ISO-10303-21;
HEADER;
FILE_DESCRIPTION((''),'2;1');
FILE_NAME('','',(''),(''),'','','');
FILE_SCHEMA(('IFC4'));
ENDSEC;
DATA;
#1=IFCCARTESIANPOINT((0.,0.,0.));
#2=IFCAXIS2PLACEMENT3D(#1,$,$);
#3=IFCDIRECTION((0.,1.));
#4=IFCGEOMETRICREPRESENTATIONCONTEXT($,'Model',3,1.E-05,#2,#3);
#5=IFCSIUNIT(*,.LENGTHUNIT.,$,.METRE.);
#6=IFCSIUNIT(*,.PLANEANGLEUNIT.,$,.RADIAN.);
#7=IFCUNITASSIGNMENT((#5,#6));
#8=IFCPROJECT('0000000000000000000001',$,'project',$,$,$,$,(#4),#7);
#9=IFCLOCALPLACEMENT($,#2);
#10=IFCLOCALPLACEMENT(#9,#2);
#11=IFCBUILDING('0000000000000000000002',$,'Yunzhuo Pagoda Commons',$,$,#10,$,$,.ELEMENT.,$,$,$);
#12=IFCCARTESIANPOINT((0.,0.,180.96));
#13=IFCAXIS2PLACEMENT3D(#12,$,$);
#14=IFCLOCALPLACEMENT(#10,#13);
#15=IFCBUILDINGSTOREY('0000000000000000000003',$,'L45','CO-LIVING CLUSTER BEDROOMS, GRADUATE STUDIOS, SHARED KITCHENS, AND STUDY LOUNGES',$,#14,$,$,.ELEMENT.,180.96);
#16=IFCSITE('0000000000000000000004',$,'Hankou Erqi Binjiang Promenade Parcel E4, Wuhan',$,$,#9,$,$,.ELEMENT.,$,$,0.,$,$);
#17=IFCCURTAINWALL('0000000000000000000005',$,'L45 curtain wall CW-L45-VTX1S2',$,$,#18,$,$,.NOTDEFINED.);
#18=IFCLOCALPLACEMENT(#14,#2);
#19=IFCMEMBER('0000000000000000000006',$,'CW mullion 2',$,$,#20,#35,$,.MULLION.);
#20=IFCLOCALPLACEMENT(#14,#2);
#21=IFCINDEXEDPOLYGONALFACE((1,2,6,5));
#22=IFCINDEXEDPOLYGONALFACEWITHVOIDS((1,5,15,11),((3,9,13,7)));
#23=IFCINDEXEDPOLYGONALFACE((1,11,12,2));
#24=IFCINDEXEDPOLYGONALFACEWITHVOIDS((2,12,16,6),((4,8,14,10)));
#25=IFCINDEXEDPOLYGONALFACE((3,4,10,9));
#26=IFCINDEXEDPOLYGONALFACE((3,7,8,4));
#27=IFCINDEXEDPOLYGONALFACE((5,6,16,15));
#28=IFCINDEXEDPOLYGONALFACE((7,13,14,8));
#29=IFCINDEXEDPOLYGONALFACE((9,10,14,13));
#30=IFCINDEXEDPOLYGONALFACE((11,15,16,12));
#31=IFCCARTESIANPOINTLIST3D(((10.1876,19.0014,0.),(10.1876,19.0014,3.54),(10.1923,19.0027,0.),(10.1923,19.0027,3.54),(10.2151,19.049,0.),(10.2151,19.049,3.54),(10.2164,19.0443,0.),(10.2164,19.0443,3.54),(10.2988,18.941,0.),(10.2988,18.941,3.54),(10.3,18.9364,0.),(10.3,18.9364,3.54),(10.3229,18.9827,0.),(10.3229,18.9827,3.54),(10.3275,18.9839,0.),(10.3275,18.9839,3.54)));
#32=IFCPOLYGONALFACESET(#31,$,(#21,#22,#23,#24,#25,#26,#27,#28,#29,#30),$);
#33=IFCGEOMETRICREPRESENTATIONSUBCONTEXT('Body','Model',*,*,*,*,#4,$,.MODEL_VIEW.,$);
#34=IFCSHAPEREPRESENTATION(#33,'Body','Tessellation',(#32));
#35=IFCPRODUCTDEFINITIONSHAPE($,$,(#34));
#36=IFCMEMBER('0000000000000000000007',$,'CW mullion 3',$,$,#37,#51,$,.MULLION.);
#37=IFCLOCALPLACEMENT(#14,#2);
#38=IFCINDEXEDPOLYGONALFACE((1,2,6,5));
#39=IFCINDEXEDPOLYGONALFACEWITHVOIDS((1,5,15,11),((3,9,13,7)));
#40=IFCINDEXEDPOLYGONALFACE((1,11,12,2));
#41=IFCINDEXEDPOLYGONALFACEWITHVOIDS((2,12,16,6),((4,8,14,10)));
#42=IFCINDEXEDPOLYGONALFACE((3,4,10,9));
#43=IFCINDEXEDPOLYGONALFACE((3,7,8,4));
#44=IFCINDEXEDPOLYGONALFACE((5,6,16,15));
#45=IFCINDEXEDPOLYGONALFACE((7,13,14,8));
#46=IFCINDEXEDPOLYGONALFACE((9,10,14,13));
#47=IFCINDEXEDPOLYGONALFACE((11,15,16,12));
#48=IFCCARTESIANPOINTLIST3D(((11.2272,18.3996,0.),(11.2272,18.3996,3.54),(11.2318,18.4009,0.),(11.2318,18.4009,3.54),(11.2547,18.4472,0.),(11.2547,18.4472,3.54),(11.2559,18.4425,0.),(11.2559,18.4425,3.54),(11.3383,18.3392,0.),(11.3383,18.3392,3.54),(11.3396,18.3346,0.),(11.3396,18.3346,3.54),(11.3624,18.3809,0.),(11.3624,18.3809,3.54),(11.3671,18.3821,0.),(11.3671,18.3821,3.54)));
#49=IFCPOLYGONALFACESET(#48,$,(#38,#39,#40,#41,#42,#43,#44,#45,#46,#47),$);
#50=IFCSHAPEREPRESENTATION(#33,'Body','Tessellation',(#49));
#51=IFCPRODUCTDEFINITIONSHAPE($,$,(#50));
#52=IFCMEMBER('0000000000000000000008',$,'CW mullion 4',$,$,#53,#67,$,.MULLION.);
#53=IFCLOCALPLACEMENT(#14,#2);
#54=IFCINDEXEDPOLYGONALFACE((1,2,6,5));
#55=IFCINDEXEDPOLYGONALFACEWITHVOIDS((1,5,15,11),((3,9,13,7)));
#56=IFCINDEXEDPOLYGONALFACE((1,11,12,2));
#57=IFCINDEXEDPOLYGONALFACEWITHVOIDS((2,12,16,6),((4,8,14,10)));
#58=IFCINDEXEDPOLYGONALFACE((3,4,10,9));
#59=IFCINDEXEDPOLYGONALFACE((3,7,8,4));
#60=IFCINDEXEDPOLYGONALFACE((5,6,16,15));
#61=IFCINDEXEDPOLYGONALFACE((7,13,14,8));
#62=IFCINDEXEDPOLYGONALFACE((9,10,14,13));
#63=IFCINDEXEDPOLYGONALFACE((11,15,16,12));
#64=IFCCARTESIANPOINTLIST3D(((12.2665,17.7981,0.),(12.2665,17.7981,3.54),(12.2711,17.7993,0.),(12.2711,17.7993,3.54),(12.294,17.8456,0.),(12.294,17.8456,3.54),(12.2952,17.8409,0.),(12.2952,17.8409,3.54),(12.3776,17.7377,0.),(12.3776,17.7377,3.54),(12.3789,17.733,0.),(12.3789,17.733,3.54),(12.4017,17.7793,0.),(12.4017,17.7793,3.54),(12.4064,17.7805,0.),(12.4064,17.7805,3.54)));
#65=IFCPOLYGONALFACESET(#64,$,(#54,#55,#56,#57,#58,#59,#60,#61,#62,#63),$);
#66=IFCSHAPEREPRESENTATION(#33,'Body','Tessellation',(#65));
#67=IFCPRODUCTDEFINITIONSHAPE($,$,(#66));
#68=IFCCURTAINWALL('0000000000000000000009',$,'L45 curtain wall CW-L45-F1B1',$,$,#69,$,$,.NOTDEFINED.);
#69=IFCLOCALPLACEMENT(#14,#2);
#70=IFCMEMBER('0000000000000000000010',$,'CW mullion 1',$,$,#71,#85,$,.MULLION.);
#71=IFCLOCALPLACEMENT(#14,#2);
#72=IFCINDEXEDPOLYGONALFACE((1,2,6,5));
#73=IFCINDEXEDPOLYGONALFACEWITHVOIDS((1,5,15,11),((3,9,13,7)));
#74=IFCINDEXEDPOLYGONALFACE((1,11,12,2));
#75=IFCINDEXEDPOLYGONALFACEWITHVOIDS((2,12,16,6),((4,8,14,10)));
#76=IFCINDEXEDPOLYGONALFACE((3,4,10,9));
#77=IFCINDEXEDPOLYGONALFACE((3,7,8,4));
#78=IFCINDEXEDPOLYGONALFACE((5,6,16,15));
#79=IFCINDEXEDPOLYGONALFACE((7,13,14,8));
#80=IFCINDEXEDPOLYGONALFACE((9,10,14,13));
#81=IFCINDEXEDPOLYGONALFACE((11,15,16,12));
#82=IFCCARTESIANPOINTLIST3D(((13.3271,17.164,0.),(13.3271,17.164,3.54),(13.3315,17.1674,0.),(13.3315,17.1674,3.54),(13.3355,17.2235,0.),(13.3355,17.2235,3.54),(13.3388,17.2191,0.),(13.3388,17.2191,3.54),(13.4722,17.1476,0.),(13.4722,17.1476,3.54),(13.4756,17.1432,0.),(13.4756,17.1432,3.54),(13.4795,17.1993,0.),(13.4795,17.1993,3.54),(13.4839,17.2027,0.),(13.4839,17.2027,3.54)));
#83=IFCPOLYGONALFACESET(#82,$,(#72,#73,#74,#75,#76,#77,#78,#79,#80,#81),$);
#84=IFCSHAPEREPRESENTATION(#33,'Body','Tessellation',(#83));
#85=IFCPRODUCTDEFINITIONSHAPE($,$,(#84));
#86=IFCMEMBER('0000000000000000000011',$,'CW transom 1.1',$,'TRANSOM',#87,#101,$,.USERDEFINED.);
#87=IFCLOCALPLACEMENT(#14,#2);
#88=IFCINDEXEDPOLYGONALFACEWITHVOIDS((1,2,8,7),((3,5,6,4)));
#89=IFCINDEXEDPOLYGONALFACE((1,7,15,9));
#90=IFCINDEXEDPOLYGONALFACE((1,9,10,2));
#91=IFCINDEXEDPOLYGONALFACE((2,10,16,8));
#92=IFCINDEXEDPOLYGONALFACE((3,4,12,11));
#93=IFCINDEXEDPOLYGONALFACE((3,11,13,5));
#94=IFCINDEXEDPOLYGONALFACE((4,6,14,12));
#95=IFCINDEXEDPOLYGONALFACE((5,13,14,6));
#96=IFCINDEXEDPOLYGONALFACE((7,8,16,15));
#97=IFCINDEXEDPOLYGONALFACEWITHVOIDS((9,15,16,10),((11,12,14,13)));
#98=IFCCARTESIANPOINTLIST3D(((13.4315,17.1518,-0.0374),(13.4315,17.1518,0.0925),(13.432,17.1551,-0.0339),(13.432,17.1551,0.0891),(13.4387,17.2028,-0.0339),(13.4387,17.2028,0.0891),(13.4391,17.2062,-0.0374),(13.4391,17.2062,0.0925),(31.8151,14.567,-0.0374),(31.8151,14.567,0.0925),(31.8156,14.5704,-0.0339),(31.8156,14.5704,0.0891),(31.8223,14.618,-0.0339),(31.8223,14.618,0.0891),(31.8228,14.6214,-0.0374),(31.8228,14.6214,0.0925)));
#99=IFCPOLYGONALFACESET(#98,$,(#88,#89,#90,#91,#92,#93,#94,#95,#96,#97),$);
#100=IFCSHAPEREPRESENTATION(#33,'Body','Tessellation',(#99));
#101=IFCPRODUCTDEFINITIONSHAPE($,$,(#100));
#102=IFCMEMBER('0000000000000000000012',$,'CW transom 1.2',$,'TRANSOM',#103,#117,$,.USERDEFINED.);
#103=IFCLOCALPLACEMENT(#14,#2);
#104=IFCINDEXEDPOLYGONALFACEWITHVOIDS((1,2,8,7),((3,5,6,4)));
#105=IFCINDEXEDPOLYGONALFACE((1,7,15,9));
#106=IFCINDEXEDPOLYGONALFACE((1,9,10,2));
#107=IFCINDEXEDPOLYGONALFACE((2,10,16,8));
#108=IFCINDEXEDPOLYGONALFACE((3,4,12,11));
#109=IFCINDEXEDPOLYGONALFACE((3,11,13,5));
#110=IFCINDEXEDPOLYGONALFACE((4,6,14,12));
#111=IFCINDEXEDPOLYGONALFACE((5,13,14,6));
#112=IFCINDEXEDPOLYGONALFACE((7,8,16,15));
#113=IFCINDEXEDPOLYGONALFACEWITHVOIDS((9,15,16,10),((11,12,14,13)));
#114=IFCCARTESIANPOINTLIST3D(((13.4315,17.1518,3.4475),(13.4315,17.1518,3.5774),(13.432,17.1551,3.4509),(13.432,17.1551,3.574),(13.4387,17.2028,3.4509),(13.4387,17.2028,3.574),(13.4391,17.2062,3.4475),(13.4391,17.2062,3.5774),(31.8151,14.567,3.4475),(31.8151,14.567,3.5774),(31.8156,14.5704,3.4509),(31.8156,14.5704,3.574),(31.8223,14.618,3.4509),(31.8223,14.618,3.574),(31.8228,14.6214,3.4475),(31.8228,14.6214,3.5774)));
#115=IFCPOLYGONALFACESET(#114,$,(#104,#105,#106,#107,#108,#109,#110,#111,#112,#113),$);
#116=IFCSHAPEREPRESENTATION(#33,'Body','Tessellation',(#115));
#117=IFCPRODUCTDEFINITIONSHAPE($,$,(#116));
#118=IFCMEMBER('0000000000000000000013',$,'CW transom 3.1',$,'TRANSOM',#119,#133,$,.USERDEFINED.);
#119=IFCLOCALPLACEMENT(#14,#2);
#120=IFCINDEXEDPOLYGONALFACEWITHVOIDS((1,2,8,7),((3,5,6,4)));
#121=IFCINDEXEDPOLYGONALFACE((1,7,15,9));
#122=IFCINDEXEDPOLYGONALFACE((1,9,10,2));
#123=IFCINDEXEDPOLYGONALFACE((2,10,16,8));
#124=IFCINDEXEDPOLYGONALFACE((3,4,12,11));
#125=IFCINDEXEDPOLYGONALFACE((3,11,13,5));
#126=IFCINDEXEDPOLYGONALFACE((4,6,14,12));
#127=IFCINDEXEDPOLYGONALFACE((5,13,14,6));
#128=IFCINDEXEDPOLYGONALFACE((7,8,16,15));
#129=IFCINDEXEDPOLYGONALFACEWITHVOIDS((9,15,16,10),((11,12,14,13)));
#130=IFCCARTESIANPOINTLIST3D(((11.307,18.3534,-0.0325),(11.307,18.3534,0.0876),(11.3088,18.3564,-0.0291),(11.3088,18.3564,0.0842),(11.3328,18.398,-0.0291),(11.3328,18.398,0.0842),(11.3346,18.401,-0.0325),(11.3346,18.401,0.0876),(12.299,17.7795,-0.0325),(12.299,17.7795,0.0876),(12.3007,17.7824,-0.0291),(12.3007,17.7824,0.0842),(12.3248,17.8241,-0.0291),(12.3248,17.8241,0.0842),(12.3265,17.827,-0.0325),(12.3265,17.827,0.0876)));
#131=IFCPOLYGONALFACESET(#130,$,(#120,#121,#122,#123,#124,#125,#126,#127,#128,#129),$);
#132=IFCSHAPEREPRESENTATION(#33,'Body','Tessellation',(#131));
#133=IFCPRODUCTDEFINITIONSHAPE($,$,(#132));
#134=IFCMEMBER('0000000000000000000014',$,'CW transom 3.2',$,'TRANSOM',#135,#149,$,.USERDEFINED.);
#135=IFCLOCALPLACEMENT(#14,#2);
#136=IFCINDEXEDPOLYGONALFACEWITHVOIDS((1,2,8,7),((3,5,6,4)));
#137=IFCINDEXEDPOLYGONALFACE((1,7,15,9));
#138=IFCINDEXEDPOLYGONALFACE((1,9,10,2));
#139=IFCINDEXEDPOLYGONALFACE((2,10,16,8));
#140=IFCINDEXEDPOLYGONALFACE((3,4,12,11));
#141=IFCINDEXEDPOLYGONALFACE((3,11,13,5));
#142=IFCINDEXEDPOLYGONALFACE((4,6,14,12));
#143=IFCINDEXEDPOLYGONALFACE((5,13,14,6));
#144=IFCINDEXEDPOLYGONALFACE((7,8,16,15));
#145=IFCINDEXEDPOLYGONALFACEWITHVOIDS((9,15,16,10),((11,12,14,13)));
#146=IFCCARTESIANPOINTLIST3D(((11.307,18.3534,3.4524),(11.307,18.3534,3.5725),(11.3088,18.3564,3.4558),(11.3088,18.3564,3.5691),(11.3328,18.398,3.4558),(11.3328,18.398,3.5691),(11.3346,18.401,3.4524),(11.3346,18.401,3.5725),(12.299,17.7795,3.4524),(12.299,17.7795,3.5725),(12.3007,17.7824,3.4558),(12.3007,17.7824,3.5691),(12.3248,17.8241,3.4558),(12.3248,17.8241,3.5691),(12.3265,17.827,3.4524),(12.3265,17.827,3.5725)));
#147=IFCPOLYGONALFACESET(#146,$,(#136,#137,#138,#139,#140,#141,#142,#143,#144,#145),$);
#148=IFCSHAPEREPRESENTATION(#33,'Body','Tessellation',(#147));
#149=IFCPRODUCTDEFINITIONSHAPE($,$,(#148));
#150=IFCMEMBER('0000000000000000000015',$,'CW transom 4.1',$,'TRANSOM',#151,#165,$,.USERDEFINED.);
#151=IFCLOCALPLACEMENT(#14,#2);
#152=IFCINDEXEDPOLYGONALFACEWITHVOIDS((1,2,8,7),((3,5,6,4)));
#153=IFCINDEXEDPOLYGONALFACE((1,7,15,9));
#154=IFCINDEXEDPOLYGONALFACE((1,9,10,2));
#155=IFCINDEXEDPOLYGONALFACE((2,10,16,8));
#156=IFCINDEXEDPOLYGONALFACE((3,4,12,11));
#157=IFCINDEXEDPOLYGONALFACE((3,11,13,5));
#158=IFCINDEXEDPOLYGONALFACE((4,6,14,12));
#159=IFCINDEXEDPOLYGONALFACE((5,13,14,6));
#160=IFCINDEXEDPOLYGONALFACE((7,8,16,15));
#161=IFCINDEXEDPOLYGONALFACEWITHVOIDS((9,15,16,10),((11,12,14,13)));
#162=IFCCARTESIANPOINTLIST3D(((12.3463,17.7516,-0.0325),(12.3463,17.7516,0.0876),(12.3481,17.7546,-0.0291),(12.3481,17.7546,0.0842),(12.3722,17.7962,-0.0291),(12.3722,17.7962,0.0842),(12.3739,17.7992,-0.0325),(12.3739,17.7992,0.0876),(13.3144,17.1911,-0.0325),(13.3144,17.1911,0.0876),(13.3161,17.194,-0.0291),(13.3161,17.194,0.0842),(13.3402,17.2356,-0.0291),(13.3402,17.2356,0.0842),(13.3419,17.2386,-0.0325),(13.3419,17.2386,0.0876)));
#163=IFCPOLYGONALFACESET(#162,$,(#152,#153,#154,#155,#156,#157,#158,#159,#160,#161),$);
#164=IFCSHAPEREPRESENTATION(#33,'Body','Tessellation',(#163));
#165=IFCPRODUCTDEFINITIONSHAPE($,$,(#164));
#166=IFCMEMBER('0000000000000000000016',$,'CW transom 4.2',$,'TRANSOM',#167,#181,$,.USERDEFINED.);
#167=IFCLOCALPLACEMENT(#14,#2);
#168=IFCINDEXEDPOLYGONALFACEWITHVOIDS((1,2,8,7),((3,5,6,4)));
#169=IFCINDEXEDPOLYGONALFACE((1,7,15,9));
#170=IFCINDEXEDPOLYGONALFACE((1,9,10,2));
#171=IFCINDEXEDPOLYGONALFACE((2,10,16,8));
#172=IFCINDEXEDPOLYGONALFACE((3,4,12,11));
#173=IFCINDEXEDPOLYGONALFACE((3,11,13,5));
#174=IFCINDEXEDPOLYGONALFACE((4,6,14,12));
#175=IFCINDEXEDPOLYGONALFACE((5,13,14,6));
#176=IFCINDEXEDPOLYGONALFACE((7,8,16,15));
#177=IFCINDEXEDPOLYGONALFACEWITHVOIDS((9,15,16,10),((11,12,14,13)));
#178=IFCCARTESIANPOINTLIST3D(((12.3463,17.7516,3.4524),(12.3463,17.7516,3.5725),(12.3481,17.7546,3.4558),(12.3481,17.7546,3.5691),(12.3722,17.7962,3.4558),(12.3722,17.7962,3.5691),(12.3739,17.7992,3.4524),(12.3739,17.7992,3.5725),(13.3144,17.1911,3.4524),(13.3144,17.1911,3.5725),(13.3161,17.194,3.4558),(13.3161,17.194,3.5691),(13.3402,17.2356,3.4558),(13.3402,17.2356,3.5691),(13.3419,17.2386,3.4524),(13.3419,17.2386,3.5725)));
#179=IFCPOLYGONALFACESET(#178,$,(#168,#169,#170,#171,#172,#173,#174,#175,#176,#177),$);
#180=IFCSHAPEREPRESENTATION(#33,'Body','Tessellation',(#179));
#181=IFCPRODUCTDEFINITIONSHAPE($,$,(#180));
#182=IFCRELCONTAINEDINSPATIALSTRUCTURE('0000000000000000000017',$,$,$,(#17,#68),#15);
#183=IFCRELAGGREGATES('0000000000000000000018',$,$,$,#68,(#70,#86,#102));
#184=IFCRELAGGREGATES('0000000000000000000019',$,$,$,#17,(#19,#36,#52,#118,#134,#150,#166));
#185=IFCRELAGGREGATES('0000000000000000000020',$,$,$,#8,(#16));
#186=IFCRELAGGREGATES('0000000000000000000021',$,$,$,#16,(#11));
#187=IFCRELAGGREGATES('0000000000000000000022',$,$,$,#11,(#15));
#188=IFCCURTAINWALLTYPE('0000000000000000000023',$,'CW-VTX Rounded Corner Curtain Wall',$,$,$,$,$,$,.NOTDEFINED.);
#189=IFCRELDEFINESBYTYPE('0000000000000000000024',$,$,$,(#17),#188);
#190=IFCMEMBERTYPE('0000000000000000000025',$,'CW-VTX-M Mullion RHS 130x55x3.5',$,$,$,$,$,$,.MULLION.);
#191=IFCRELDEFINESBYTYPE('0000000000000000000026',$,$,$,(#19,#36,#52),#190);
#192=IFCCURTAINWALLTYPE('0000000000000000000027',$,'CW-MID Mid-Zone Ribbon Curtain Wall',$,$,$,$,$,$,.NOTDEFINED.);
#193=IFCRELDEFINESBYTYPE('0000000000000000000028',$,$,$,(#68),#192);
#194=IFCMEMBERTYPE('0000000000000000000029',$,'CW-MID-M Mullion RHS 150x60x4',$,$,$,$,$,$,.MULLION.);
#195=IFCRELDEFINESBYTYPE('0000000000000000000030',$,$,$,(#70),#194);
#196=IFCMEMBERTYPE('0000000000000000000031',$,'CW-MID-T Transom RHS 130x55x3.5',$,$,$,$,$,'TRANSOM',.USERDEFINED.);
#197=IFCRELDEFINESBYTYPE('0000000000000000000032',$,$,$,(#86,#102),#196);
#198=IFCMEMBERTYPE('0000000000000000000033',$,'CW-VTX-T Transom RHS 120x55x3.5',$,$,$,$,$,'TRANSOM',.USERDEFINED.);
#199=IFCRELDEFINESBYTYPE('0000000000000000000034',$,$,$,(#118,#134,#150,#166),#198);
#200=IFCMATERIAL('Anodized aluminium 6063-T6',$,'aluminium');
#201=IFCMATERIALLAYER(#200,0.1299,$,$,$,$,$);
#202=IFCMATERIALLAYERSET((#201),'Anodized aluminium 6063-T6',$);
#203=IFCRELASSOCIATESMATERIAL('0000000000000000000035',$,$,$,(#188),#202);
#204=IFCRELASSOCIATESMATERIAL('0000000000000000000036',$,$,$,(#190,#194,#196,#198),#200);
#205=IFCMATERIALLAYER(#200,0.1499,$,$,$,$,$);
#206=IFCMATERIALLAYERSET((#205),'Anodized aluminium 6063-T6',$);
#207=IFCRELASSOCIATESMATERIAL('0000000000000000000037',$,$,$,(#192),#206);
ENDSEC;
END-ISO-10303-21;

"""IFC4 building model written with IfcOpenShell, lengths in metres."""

from ifc_helpers import new_model, si_unit, direction, frame, origin, origin_2d, place, context, subcontext, project, spatial, hollow_rectangle, extrude, source, transform, mapped, material, layer, layer_set, material_profile, profile_set, type_object, element, aggregate, save


model = new_model("IFC4")

# Units and contexts
model_context = context("Model", 3, precision=1e-05, world=origin(), true_north=direction((0.0, 1.0)))
body_context = subcontext(model_context, "Body", "Model", "MODEL_VIEW")
ifc_project = project(units=[si_unit("LENGTHUNIT", "METRE"), si_unit("PLANEANGLEUNIT", "RADIAN")], contexts=[model_context])

# Site, building, storey
site_placement = place(None, origin())
site = spatial("IfcSite", under=ifc_project, at=site_placement, Name="Hankou Erqi Binjiang Promenade Parcel E4, Wuhan", CompositionType="ELEMENT", RefElevation=0.0)
building_placement = place(site_placement, origin())
building = spatial("IfcBuilding", under=site, at=building_placement, Name="Yunzhuo Pagoda Commons", CompositionType="ELEMENT")
storey_placement = place(building_placement, frame((0.0, 0.0, 180.96)))
storey = spatial("IfcBuildingStorey", under=building, at=storey_placement, Name="L45", Description="CO-LIVING CLUSTER BEDROOMS, GRADUATE STUDIOS, SHARED KITCHENS, AND STUDY LOUNGES", CompositionType="ELEMENT", Elevation=180.96)

# Curtain walls, members
ifc_material_1 = material(Name="Anodized aluminium 6063-T6", Category="aluminium")
ifc_layer_1 = layer(ifc_material_1, 0.1299)
ifc_layer_set_1 = layer_set([ifc_layer_1], Name="Anodized aluminium 6063-T6")
curtain_wall_type_1 = type_object("IfcCurtainWallType", Name="CW-VTX Rounded Corner Curtain Wall", PredefinedType="NOTDEFINED", material=ifc_layer_set_1)
curtain_wall_1_placement = place(storey_placement, origin())
curtain_wall_1 = element("IfcCurtainWall", 1, at=curtain_wall_1_placement, inside=storey, type_object=curtain_wall_type_1, Name="L45 curtain wall CW-L45-VTX1S2", PredefinedType="NOTDEFINED")
ifc_material_profile_1 = material_profile(ifc_material_1, hollow_rectangle(XDim=0.0549, YDim=0.1299, WallThickness=0.0034, at=origin_2d()), Name="Anodized aluminium 6063-T6")
ifc_profile_set_1 = profile_set([ifc_material_profile_1], Name="Anodized aluminium 6063-T6")
member_type_1 = type_object("IfcMemberType", Name="CW-VTX-M Mullion RHS 130x55x3.5", PredefinedType="MULLION", material=ifc_profile_set_1)
shared_shape_1 = source(origin(), body_context, "Body", "SweptSolid", [
    extrude(hollow_rectangle(XDim=0.0549, YDim=0.1299, WallThickness=0.0034, at=origin_2d()), origin(), (0.0, 0.0, 1.0), 3.54),
])
member_1_placement = place(storey_placement, frame((10.2576, 18.9927, 0.0), z_axis=(0.0, 0.0, 1.0), x_axis=(0.50104, 0.865424, 0.0)))
member_1 = element("IfcMember", 2, at=member_1_placement, type_object=member_type_1, Name="CW mullion 2", PredefinedType="MULLION", context=body_context, shape_type="MappedRepresentation", body=[
    mapped(shared_shape_1, transform((0.0, 0.0, 0.0), scale=1.0)),
])
member_2_placement = place(storey_placement, frame((11.2971, 18.3909, 0.0), z_axis=(0.0, 0.0, 1.0), x_axis=(0.50104, 0.865424, 0.0)))
member_2 = element("IfcMember", 3, at=member_2_placement, type_object=member_type_1, Name="CW mullion 3", PredefinedType="MULLION", context=body_context, shape_type="MappedRepresentation", body=[
    mapped(shared_shape_1, transform((0.0, 0.0, 0.0), scale=1.0)),
])
member_3_placement = place(storey_placement, frame((12.3364, 17.7893, 0.0), z_axis=(0.0, 0.0, 1.0), x_axis=(0.50104, 0.865424, 0.0)))
member_3 = element("IfcMember", 4, at=member_3_placement, type_object=member_type_1, Name="CW mullion 4", PredefinedType="MULLION", context=body_context, shape_type="MappedRepresentation", body=[
    mapped(shared_shape_1, transform((0.0, 0.0, 0.0), scale=1.0)),
])
ifc_layer_2 = layer(ifc_material_1, 0.1499)
ifc_layer_set_2 = layer_set([ifc_layer_2], Name="Anodized aluminium 6063-T6")
curtain_wall_type_2 = type_object("IfcCurtainWallType", Name="CW-MID Mid-Zone Ribbon Curtain Wall", PredefinedType="NOTDEFINED", material=ifc_layer_set_2)
curtain_wall_2_placement = place(storey_placement, origin())
curtain_wall_2 = element("IfcCurtainWall", 5, at=curtain_wall_2_placement, inside=storey, type_object=curtain_wall_type_2, Name="L45 curtain wall CW-L45-F1B1", PredefinedType="NOTDEFINED")
ifc_material_profile_2 = material_profile(ifc_material_1, hollow_rectangle(XDim=0.0601, YDim=0.1499, WallThickness=0.0039, at=origin_2d()), Name="Anodized aluminium 6063-T6")
ifc_profile_set_2 = profile_set([ifc_material_profile_2], Name="Anodized aluminium 6063-T6")
member_type_2 = type_object("IfcMemberType", Name="CW-MID-M Mullion RHS 150x60x4", PredefinedType="MULLION", material=ifc_profile_set_2)
shared_shape_2 = source(origin(), body_context, "Body", "SweptSolid", [
    extrude(hollow_rectangle(XDim=0.0601, YDim=0.1499, WallThickness=0.0039, at=origin_2d()), origin(), (0.0, 0.0, 1.0), 3.54),
])
member_4_placement = place(storey_placement, frame((13.4055, 17.1833, 0.0), z_axis=(0.0, 0.0, 1.0), x_axis=(0.139233, 0.99026, 0.0)))
member_4 = element("IfcMember", 6, at=member_4_placement, type_object=member_type_2, Name="CW mullion 1", PredefinedType="MULLION", context=body_context, shape_type="MappedRepresentation", body=[
    mapped(shared_shape_2, transform((0.0, 0.0, 0.0), scale=1.0)),
])
ifc_material_profile_3 = material_profile(ifc_material_1, hollow_rectangle(XDim=0.0549, YDim=0.1299, WallThickness=0.0034, at=origin_2d()), Name="Anodized aluminium 6063-T6")
ifc_profile_set_3 = profile_set([ifc_material_profile_3], Name="Anodized aluminium 6063-T6")
member_type_3 = type_object("IfcMemberType", Name="CW-MID-T Transom RHS 130x55x3.5", ElementType="TRANSOM", PredefinedType="USERDEFINED", material=ifc_profile_set_3)
shared_shape_3 = source(origin(), body_context, "Body", "SweptSolid", [
    extrude(hollow_rectangle(XDim=0.0549, YDim=0.1299, WallThickness=0.0034, at=origin_2d()), origin(), (0.0, 0.0, 1.0), 18.5645),
])
member_5_placement = place(storey_placement, frame((13.4353, 17.179, 0.0276), z_axis=(0.99026, -0.13923, 0.0), x_axis=(0.13923, 0.99026, 0.0)))
member_5 = element("IfcMember", 7, at=member_5_placement, type_object=member_type_3, Name="CW transom 1.1", ObjectType="TRANSOM", PredefinedType="USERDEFINED", context=body_context, shape_type="MappedRepresentation", body=[
    mapped(shared_shape_3, transform((0.0, 0.0, 0.0), scale=1.0)),
])
member_6_placement = place(storey_placement, frame((13.4353, 17.179, 3.5125), z_axis=(0.99026, -0.13923, 0.0), x_axis=(0.13923, 0.99026, 0.0)))
member_6 = element("IfcMember", 8, at=member_6_placement, type_object=member_type_3, Name="CW transom 1.2", ObjectType="TRANSOM", PredefinedType="USERDEFINED", context=body_context, shape_type="MappedRepresentation", body=[
    mapped(shared_shape_3, transform((0.0, 0.0, 0.0), scale=1.0)),
])
aggregate(curtain_wall_2, [member_4, member_5, member_6])

# Members
ifc_material_profile_4 = material_profile(ifc_material_1, hollow_rectangle(XDim=0.0549, YDim=0.1201, WallThickness=0.0034, at=origin_2d()), Name="Anodized aluminium 6063-T6")
ifc_profile_set_4 = profile_set([ifc_material_profile_4], Name="Anodized aluminium 6063-T6")
member_type_4 = type_object("IfcMemberType", Name="CW-VTX-T Transom RHS 120x55x3.5", ElementType="TRANSOM", PredefinedType="USERDEFINED", material=ifc_profile_set_4)
shared_shape_4 = source(origin(), body_context, "Body", "SweptSolid", [
    extrude(hollow_rectangle(XDim=0.0549, YDim=0.1201, WallThickness=0.0034, at=origin_2d()), origin(), (0.0, 0.0, 1.0), 1.146),
])
member_7_placement = place(storey_placement, frame((11.3208, 18.3772, 0.0276), z_axis=(0.865543, -0.500835, 0.0), x_axis=(0.500835, 0.865543, 0.0)))
member_7 = element("IfcMember", 9, at=member_7_placement, type_object=member_type_4, Name="CW transom 3.1", ObjectType="TRANSOM", PredefinedType="USERDEFINED", context=body_context, shape_type="MappedRepresentation", body=[
    mapped(shared_shape_4, transform((0.0, 0.0, 0.0), scale=1.0)),
])
member_8_placement = place(storey_placement, frame((11.3208, 18.3772, 3.5125), z_axis=(0.865543, -0.500835, 0.0), x_axis=(0.500835, 0.865543, 0.0)))
member_8 = element("IfcMember", 10, at=member_8_placement, type_object=member_type_4, Name="CW transom 3.2", ObjectType="TRANSOM", PredefinedType="USERDEFINED", context=body_context, shape_type="MappedRepresentation", body=[
    mapped(shared_shape_4, transform((0.0, 0.0, 0.0), scale=1.0)),
])
shared_shape_5 = source(origin(), body_context, "Body", "SweptSolid", [
    extrude(hollow_rectangle(XDim=0.0549, YDim=0.1201, WallThickness=0.0034, at=origin_2d()), origin(), (0.0, 0.0, 1.0), 1.1187),
])
member_9_placement = place(storey_placement, frame((12.3601, 17.7754, 0.0276), z_axis=(0.865381, -0.501114, 0.0), x_axis=(0.501114, 0.865381, 0.0)))
member_9 = element("IfcMember", 11, at=member_9_placement, type_object=member_type_4, Name="CW transom 4.1", ObjectType="TRANSOM", PredefinedType="USERDEFINED", context=body_context, shape_type="MappedRepresentation", body=[
    mapped(shared_shape_5, transform((0.0, 0.0, 0.0), scale=1.0)),
])
member_10_placement = place(storey_placement, frame((12.3601, 17.7754, 3.5125), z_axis=(0.865381, -0.501114, 0.0), x_axis=(0.501114, 0.865381, 0.0)))
member_10 = element("IfcMember", 12, at=member_10_placement, type_object=member_type_4, Name="CW transom 4.2", ObjectType="TRANSOM", PredefinedType="USERDEFINED", context=body_context, shape_type="MappedRepresentation", body=[
    mapped(shared_shape_5, transform((0.0, 0.0, 0.0), scale=1.0)),
])

aggregate(curtain_wall_1, [member_1, member_2, member_3, member_7, member_8, member_9, member_10])

save(model, "model.ifc")
